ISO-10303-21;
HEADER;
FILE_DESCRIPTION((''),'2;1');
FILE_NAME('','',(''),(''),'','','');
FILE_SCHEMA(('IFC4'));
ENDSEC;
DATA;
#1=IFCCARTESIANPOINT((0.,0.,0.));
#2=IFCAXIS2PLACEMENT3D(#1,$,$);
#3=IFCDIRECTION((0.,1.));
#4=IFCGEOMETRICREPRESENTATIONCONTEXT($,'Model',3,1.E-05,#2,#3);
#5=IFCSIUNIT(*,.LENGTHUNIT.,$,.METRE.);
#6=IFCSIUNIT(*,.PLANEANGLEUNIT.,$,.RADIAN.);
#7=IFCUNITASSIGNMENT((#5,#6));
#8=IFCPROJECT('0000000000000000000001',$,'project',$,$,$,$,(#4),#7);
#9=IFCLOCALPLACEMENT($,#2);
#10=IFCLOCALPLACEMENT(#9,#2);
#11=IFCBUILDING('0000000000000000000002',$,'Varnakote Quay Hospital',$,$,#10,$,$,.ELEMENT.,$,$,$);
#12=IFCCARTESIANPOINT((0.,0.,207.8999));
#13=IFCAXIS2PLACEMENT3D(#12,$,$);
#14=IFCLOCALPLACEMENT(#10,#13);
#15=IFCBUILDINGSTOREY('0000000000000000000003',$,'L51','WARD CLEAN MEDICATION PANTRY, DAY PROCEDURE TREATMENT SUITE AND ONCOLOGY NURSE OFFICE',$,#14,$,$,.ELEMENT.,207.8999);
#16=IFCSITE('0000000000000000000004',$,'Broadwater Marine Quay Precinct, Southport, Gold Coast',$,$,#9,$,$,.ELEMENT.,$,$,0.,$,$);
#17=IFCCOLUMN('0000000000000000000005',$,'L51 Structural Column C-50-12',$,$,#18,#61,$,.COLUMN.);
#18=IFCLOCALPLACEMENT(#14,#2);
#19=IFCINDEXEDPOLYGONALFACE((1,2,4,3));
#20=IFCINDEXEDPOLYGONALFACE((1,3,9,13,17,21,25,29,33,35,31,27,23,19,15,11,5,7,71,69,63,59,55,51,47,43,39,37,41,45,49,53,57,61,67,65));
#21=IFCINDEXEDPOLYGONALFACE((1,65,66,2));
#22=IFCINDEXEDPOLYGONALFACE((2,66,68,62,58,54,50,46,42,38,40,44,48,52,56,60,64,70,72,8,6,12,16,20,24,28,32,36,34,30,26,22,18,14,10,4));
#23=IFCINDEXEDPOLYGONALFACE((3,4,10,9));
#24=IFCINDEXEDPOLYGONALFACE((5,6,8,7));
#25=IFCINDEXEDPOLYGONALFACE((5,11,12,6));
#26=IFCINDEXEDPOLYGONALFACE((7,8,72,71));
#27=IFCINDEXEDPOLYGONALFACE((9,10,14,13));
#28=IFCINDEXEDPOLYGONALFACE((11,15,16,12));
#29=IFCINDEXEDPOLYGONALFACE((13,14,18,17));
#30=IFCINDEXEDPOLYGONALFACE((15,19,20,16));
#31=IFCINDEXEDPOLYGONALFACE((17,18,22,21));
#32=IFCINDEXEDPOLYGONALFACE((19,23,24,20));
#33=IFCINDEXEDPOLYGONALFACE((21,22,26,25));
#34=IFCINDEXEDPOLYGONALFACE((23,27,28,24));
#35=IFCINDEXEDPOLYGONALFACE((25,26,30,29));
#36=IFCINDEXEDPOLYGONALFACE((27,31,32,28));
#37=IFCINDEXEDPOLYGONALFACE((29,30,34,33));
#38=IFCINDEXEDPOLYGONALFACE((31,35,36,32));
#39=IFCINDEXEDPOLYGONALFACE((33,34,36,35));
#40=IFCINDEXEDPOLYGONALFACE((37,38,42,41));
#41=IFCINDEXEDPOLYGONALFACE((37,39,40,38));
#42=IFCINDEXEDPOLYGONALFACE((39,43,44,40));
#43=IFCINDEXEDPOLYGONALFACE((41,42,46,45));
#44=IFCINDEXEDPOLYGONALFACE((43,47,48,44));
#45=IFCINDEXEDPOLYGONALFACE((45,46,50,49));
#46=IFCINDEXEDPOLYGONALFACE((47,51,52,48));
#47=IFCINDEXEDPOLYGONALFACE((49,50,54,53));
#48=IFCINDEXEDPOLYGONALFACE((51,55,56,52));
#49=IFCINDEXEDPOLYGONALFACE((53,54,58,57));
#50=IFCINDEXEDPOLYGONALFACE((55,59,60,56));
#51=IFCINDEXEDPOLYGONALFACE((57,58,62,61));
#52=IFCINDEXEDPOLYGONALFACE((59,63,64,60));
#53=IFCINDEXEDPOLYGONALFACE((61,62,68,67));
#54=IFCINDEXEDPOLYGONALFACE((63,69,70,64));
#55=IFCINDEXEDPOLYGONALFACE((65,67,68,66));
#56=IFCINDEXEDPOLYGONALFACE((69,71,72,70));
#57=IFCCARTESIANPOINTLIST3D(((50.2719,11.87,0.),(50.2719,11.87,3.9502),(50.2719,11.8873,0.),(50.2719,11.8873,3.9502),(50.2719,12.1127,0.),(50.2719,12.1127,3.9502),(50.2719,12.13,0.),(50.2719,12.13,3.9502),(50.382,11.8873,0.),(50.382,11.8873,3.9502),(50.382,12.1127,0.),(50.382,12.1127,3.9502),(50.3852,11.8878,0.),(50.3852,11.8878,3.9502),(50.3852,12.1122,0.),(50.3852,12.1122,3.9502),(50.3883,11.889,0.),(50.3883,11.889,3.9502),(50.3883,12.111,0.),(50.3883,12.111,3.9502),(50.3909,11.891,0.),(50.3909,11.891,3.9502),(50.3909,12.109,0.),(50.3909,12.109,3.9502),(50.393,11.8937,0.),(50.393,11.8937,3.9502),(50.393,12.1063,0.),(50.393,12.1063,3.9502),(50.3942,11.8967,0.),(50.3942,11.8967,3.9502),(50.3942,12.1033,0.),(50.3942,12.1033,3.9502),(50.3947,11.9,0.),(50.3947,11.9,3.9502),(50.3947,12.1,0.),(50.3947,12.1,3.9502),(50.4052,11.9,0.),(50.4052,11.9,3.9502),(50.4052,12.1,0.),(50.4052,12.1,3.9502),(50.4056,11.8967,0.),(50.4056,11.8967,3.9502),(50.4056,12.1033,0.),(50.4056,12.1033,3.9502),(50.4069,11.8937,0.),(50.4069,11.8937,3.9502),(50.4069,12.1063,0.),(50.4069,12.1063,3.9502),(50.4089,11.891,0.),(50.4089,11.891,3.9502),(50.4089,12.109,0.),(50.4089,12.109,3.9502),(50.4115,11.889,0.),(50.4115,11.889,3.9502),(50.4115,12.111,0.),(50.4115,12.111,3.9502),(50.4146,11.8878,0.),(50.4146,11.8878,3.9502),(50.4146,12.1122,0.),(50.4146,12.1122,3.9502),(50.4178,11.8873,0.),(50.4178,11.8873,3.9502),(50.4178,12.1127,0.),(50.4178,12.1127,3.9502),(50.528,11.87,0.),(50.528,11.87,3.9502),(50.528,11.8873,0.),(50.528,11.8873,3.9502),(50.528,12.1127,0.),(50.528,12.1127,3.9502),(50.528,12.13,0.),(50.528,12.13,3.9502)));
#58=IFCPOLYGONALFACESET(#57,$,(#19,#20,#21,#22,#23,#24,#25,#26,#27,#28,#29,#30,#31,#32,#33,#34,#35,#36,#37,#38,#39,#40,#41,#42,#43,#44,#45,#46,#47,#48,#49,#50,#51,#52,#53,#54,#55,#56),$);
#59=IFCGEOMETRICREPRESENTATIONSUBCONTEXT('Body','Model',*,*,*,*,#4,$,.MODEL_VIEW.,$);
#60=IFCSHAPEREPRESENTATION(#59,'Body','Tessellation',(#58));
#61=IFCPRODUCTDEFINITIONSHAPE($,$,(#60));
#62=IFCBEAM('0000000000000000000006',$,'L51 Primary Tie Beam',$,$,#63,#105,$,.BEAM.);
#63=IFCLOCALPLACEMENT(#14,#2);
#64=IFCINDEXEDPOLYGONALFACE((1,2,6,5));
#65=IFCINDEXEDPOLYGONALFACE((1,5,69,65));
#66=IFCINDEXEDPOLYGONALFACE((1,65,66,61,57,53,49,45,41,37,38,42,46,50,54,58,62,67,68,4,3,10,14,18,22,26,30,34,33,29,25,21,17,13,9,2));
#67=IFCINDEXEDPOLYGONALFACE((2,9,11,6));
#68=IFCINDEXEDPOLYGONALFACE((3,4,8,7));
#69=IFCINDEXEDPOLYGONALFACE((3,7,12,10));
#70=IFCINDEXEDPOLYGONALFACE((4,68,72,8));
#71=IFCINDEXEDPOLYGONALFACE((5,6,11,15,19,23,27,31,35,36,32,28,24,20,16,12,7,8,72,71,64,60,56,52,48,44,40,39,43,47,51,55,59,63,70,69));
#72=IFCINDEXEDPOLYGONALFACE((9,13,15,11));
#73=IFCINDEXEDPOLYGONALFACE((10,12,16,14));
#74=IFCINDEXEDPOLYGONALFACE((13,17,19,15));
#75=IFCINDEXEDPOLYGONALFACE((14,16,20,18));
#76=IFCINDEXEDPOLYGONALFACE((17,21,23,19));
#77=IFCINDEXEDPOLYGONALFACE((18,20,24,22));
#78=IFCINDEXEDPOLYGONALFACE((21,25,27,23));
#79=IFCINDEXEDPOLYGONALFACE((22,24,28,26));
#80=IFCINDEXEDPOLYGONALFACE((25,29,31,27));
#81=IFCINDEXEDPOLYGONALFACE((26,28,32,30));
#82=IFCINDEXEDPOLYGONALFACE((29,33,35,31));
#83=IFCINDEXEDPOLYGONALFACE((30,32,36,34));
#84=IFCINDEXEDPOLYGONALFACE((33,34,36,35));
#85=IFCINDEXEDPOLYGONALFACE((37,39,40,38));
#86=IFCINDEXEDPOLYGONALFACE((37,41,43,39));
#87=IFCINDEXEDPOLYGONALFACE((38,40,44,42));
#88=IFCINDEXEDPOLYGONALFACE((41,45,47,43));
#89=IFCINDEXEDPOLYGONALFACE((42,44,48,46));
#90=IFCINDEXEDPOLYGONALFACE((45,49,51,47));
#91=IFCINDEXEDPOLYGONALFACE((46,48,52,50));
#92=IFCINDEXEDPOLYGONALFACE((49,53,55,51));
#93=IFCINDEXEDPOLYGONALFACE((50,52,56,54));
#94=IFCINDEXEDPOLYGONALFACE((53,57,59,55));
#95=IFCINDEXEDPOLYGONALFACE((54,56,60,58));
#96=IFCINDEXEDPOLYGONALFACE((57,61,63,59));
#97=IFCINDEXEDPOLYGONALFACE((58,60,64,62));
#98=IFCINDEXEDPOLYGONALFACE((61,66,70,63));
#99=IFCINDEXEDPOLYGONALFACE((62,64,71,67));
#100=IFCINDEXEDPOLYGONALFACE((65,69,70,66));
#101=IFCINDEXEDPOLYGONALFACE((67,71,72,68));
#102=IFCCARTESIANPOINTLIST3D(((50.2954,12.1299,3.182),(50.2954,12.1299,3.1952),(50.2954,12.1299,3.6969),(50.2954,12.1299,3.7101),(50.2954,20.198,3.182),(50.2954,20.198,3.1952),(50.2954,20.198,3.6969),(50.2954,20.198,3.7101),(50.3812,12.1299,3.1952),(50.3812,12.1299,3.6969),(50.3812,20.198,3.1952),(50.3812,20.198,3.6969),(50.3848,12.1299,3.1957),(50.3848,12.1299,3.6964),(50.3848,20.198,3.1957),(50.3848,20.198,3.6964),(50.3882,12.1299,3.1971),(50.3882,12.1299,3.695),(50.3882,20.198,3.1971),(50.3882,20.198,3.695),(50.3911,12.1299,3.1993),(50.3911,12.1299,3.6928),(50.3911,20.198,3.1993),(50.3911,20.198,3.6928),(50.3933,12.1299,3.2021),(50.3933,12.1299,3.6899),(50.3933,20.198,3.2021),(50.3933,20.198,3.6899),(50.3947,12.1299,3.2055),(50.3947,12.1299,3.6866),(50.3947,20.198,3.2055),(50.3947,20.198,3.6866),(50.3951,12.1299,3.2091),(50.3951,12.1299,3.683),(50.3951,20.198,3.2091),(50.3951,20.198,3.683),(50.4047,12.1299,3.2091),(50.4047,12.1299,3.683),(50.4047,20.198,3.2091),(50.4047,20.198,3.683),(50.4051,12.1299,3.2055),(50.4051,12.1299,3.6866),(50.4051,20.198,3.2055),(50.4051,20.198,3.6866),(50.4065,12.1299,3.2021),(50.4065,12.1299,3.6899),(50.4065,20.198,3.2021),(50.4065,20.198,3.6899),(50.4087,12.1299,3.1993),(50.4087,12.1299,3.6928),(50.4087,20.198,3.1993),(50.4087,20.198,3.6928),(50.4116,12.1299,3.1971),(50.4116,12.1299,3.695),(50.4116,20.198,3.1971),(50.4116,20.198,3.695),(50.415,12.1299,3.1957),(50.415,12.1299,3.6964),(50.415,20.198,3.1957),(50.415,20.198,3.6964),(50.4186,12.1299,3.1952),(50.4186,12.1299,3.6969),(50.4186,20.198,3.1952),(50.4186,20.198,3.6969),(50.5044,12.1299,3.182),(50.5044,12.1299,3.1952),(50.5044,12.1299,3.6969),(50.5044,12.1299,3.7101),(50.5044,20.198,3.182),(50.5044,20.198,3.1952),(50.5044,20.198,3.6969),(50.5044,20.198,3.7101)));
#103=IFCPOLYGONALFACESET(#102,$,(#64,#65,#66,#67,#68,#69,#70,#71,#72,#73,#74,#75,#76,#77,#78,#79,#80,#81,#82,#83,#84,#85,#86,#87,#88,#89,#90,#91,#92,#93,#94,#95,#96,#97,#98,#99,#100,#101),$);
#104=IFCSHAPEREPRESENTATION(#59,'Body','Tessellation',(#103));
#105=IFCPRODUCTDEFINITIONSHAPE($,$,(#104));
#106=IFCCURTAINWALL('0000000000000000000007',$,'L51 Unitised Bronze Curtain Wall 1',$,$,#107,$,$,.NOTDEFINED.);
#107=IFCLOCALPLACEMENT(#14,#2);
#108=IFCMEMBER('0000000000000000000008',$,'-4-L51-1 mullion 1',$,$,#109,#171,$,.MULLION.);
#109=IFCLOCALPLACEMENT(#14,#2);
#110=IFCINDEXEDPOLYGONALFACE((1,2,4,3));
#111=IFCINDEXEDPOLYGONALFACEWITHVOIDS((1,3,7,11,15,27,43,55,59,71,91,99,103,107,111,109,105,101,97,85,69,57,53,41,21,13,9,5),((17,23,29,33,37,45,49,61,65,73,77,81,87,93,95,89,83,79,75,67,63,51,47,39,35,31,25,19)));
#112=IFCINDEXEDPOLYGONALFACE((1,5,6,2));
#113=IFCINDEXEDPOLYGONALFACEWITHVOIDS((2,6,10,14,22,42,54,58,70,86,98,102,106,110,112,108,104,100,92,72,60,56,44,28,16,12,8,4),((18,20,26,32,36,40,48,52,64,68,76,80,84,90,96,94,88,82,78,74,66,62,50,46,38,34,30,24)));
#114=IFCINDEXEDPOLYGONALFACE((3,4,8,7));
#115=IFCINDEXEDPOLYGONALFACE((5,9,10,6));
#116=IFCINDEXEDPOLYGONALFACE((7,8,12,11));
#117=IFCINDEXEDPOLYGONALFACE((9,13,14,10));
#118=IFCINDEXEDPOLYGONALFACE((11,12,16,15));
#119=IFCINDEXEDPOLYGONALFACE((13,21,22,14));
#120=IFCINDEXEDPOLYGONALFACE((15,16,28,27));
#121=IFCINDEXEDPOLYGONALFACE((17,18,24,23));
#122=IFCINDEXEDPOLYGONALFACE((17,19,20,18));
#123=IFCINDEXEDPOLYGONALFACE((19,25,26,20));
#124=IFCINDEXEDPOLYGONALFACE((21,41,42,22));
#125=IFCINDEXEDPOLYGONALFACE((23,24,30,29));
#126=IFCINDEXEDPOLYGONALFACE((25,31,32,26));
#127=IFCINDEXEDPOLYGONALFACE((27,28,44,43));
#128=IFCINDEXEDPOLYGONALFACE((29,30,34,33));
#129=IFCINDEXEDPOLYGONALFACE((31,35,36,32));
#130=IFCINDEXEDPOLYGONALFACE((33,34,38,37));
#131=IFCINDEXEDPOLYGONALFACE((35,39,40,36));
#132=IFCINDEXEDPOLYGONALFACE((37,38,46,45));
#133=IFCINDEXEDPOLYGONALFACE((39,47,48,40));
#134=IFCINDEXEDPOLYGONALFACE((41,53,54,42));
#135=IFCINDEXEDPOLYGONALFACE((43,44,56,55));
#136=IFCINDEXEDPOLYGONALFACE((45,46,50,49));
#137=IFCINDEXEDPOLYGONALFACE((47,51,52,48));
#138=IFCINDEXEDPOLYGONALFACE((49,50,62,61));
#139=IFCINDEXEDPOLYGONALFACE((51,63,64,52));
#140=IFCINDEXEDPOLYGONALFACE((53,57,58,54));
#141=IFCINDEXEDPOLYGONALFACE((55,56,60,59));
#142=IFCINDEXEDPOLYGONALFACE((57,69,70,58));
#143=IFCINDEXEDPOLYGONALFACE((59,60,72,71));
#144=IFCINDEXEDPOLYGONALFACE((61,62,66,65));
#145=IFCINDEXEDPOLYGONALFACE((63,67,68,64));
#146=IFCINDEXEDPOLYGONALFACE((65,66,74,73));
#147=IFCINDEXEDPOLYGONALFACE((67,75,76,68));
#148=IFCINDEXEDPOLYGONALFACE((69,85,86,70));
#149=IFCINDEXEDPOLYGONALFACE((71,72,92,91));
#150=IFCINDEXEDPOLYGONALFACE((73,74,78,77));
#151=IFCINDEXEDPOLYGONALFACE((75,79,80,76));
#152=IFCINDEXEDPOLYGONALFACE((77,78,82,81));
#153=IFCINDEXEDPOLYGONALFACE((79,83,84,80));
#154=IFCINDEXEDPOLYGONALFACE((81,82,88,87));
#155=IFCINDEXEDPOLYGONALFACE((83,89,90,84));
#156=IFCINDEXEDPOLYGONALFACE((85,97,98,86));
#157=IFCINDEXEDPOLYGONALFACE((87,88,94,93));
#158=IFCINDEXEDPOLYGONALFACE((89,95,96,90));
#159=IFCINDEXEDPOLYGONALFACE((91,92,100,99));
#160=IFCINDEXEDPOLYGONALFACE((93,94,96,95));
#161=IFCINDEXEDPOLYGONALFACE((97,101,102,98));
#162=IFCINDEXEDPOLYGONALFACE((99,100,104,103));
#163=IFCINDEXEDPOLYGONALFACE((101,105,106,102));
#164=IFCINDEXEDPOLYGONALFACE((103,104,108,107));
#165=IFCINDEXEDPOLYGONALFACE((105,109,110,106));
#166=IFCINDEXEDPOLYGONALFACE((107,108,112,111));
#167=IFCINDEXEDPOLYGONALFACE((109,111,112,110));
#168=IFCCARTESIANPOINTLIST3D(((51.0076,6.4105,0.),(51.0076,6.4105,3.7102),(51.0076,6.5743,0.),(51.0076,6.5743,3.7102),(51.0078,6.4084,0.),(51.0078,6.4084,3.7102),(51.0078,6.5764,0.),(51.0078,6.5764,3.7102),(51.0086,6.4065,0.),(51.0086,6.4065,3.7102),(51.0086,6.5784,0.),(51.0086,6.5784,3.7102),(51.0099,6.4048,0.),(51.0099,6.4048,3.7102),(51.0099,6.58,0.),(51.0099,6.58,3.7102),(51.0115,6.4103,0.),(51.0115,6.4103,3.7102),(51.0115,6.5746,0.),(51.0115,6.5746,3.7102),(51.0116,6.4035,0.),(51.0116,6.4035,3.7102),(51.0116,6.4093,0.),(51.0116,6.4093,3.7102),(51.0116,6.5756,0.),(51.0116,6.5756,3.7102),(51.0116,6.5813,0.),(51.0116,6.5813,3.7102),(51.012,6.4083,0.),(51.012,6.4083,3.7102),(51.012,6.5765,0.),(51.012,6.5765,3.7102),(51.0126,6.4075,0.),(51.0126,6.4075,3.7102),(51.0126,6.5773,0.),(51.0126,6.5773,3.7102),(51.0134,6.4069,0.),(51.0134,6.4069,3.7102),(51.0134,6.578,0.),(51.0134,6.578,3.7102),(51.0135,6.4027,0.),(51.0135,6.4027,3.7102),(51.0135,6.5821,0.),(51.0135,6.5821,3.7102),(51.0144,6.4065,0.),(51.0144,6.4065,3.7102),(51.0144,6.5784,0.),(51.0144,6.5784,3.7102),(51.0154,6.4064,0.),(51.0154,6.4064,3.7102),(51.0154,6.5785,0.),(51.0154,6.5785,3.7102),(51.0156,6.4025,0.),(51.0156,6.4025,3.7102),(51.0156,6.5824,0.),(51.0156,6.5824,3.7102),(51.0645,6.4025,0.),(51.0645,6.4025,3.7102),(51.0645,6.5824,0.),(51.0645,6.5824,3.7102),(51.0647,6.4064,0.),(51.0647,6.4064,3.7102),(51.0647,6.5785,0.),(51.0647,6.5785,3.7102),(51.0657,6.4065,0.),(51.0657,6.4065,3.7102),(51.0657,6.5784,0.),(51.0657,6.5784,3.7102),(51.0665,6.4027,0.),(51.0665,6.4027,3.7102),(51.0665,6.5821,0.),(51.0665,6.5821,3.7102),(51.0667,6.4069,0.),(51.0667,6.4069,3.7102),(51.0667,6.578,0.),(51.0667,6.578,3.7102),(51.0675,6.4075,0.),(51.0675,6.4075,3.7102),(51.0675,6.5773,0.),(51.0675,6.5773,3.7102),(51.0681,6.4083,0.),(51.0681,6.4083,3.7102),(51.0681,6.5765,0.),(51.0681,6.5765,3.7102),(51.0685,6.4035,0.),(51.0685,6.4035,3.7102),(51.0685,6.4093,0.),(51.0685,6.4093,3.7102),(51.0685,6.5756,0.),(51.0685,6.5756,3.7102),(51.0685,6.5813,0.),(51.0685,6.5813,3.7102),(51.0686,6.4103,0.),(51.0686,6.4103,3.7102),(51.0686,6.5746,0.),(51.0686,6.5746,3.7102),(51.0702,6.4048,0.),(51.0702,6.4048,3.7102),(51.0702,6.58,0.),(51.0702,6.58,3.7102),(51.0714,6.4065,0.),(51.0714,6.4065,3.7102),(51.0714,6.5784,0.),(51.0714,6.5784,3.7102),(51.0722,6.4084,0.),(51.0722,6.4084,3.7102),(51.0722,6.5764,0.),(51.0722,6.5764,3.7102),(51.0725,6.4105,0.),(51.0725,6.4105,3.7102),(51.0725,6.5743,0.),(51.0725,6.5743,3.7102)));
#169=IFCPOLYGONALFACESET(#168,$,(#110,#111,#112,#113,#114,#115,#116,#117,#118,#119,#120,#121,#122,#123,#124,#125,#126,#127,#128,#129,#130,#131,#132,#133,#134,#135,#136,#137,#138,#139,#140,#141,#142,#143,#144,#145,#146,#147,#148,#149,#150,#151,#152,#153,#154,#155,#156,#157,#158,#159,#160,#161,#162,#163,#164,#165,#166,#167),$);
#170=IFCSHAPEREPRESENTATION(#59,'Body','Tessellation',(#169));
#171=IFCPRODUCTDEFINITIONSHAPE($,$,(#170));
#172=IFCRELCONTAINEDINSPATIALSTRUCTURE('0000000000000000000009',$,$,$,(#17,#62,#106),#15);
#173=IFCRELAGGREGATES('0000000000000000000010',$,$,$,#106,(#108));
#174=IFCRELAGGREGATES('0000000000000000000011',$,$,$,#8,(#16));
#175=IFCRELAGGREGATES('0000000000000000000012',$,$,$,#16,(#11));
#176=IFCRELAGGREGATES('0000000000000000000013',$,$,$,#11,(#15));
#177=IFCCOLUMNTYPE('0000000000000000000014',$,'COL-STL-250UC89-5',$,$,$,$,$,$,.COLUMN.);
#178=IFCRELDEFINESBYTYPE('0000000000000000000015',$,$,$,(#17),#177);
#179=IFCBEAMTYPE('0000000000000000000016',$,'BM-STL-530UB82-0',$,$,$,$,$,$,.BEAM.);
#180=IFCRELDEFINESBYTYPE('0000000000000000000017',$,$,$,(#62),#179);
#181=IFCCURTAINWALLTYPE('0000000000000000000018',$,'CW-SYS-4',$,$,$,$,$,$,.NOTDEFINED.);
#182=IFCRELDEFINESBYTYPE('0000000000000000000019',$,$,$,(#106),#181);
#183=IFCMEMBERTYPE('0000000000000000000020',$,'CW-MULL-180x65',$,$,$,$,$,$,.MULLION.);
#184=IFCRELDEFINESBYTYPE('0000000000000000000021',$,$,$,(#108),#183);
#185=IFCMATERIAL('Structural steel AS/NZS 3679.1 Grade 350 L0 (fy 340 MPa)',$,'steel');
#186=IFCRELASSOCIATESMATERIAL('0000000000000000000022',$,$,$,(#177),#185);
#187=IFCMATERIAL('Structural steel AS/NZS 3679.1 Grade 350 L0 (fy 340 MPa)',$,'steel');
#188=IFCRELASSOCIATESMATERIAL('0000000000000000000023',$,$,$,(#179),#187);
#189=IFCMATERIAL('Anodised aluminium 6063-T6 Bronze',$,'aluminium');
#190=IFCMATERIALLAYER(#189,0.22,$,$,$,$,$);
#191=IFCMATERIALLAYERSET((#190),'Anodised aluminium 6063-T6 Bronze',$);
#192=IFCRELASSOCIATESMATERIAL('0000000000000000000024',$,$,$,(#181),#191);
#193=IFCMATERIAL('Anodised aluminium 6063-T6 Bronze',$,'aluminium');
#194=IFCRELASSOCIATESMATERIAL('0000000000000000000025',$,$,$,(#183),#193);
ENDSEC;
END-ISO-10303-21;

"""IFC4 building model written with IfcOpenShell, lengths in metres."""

from ifc_helpers import new_model, si_unit, direction, frame, origin, origin_2d, place, context, subcontext, project, spatial, hollow_rectangle, i_section, extrude, material, layer, layer_set, material_profile, profile_set, type_object, element, aggregate, save


model = new_model("IFC4")

# Units and contexts
model_context = context("Model", 3, precision=1e-05, world=origin(), true_north=direction((0.0, 1.0)))
body_context = subcontext(model_context, "Body", "Model", "MODEL_VIEW")
ifc_project = project(units=[si_unit("LENGTHUNIT", "METRE"), si_unit("PLANEANGLEUNIT", "RADIAN")], contexts=[model_context])

# Site, building, storey
site_placement = place(None, origin())
site = spatial("IfcSite", under=ifc_project, at=site_placement, Name="Broadwater Marine Quay Precinct, Southport, Gold Coast", CompositionType="ELEMENT", RefElevation=0.0)
building_placement = place(site_placement, origin())
building = spatial("IfcBuilding", under=site, at=building_placement, Name="Varnakote Quay Hospital", CompositionType="ELEMENT")
storey_placement = place(building_placement, frame((0.0, 0.0, 207.8999)))
storey = spatial("IfcBuildingStorey", under=building, at=storey_placement, Name="L51", Description="WARD CLEAN MEDICATION PANTRY, DAY PROCEDURE TREATMENT SUITE AND ONCOLOGY NURSE OFFICE", CompositionType="ELEMENT", Elevation=207.8999)

# Column
ifc_material_1 = material(Name="Structural steel AS/NZS 3679.1 Grade 350 L0 (fy 340 MPa)", Category="steel")
ifc_material_profile_1 = material_profile(ifc_material_1, i_section(OverallWidth=0.2561, OverallDepth=0.26, WebThickness=0.0105, FlangeThickness=0.0173, FilletRadius=0.0127, at=origin_2d()), Name="250UC89.5")
ifc_profile_set_1 = profile_set([ifc_material_profile_1], Name="Structural steel AS/NZS 3679.1 Grade 350 L0 (fy 340 MPa)")
column_type = type_object("IfcColumnType", Name="COL-STL-250UC89-5", PredefinedType="COLUMN", material=ifc_profile_set_1)
column_placement = place(storey_placement, frame((50.3999, 12.0, 0.0), z_axis=(0.0, 0.0, 1.0), x_axis=(1.0, 0.0, 0.0)))
element("IfcColumn", 1, at=column_placement, inside=storey, type_object=column_type, Name="L51 Structural Column C-50-12", PredefinedType="COLUMN", context=body_context, shape_type="SweptSolid", body=[
    extrude(i_section(OverallWidth=0.2561, OverallDepth=0.26, WebThickness=0.0105, FlangeThickness=0.0173, FilletRadius=0.0127, at=origin_2d()), origin(), (0.0, 0.0, 1.0), 3.9502),
])

# Beam
ifc_material_2 = material(Name="Structural steel AS/NZS 3679.1 Grade 350 L0 (fy 340 MPa)", Category="steel")
ifc_material_profile_2 = material_profile(ifc_material_2, i_section(OverallWidth=0.209, OverallDepth=0.5281, WebThickness=0.0095, FlangeThickness=0.0132, FilletRadius=0.0139, at=origin_2d()), Name="530UB82.0")
ifc_profile_set_2 = profile_set([ifc_material_profile_2], Name="Structural steel AS/NZS 3679.1 Grade 350 L0 (fy 340 MPa)")
beam_type = type_object("IfcBeamType", Name="BM-STL-530UB82-0", PredefinedType="BEAM", material=ifc_profile_set_2)
beam_placement = place(storey_placement, frame((50.3999, 12.1299, 3.446), z_axis=(0.0, 1.0, 0.0), x_axis=(-1.0, 0.0, 0.0)))
element("IfcBeam", 2, at=beam_placement, inside=storey, type_object=beam_type, Name="L51 Primary Tie Beam", PredefinedType="BEAM", context=body_context, shape_type="SweptSolid", body=[
    extrude(i_section(OverallWidth=0.209, OverallDepth=0.5281, WebThickness=0.0095, FlangeThickness=0.0132, FilletRadius=0.0139, at=origin_2d()), origin(), (0.0, 0.0, 1.0), 8.0681),
])

# Curtain wall, member
ifc_material_3 = material(Name="Anodised aluminium 6063-T6 Bronze", Category="aluminium")
ifc_layer_1 = layer(ifc_material_3, 0.22)
ifc_layer_set_1 = layer_set([ifc_layer_1], Name="Anodised aluminium 6063-T6 Bronze")
curtain_wall_type = type_object("IfcCurtainWallType", Name="CW-SYS-4", PredefinedType="NOTDEFINED", material=ifc_layer_set_1)
curtain_wall_placement = place(storey_placement, origin())
curtain_wall = element("IfcCurtainWall", 3, at=curtain_wall_placement, inside=storey, type_object=curtain_wall_type, Name="L51 Unitised Bronze Curtain Wall 1", PredefinedType="NOTDEFINED")
ifc_material_4 = material(Name="Anodised aluminium 6063-T6 Bronze", Category="aluminium")
ifc_material_profile_3 = material_profile(ifc_material_4, hollow_rectangle(XDim=0.0649, YDim=0.1799, WallThickness=0.0039, InnerFilletRadius=0.0039, OuterFilletRadius=0.0081, at=origin_2d()), Name="CW-MULL-180x65")
ifc_profile_set_3 = profile_set([ifc_material_profile_3], Name="Anodised aluminium 6063-T6 Bronze")
member_type_1 = type_object("IfcMemberType", Name="CW-MULL-180x65", PredefinedType="MULLION", material=ifc_profile_set_3)
member_1_placement = place(storey_placement, frame((51.04, 6.4924, 0.0), z_axis=(0.0, 0.0, 1.0), x_axis=(-1.0, 0.0, 0.0)))
member_1 = element("IfcMember", 4, at=member_1_placement, type_object=member_type_1, Name="-4-L51-1 mullion 1", PredefinedType="MULLION", context=body_context, shape_type="SweptSolid", body=[
    extrude(hollow_rectangle(XDim=0.0649, YDim=0.1799, WallThickness=0.0039, InnerFilletRadius=0.0039, OuterFilletRadius=0.0081, at=origin_2d()), origin(), (0.0, 0.0, 1.0), 3.7102),
])
aggregate(curtain_wall, [member_1])

save(model, "model.ifc")
